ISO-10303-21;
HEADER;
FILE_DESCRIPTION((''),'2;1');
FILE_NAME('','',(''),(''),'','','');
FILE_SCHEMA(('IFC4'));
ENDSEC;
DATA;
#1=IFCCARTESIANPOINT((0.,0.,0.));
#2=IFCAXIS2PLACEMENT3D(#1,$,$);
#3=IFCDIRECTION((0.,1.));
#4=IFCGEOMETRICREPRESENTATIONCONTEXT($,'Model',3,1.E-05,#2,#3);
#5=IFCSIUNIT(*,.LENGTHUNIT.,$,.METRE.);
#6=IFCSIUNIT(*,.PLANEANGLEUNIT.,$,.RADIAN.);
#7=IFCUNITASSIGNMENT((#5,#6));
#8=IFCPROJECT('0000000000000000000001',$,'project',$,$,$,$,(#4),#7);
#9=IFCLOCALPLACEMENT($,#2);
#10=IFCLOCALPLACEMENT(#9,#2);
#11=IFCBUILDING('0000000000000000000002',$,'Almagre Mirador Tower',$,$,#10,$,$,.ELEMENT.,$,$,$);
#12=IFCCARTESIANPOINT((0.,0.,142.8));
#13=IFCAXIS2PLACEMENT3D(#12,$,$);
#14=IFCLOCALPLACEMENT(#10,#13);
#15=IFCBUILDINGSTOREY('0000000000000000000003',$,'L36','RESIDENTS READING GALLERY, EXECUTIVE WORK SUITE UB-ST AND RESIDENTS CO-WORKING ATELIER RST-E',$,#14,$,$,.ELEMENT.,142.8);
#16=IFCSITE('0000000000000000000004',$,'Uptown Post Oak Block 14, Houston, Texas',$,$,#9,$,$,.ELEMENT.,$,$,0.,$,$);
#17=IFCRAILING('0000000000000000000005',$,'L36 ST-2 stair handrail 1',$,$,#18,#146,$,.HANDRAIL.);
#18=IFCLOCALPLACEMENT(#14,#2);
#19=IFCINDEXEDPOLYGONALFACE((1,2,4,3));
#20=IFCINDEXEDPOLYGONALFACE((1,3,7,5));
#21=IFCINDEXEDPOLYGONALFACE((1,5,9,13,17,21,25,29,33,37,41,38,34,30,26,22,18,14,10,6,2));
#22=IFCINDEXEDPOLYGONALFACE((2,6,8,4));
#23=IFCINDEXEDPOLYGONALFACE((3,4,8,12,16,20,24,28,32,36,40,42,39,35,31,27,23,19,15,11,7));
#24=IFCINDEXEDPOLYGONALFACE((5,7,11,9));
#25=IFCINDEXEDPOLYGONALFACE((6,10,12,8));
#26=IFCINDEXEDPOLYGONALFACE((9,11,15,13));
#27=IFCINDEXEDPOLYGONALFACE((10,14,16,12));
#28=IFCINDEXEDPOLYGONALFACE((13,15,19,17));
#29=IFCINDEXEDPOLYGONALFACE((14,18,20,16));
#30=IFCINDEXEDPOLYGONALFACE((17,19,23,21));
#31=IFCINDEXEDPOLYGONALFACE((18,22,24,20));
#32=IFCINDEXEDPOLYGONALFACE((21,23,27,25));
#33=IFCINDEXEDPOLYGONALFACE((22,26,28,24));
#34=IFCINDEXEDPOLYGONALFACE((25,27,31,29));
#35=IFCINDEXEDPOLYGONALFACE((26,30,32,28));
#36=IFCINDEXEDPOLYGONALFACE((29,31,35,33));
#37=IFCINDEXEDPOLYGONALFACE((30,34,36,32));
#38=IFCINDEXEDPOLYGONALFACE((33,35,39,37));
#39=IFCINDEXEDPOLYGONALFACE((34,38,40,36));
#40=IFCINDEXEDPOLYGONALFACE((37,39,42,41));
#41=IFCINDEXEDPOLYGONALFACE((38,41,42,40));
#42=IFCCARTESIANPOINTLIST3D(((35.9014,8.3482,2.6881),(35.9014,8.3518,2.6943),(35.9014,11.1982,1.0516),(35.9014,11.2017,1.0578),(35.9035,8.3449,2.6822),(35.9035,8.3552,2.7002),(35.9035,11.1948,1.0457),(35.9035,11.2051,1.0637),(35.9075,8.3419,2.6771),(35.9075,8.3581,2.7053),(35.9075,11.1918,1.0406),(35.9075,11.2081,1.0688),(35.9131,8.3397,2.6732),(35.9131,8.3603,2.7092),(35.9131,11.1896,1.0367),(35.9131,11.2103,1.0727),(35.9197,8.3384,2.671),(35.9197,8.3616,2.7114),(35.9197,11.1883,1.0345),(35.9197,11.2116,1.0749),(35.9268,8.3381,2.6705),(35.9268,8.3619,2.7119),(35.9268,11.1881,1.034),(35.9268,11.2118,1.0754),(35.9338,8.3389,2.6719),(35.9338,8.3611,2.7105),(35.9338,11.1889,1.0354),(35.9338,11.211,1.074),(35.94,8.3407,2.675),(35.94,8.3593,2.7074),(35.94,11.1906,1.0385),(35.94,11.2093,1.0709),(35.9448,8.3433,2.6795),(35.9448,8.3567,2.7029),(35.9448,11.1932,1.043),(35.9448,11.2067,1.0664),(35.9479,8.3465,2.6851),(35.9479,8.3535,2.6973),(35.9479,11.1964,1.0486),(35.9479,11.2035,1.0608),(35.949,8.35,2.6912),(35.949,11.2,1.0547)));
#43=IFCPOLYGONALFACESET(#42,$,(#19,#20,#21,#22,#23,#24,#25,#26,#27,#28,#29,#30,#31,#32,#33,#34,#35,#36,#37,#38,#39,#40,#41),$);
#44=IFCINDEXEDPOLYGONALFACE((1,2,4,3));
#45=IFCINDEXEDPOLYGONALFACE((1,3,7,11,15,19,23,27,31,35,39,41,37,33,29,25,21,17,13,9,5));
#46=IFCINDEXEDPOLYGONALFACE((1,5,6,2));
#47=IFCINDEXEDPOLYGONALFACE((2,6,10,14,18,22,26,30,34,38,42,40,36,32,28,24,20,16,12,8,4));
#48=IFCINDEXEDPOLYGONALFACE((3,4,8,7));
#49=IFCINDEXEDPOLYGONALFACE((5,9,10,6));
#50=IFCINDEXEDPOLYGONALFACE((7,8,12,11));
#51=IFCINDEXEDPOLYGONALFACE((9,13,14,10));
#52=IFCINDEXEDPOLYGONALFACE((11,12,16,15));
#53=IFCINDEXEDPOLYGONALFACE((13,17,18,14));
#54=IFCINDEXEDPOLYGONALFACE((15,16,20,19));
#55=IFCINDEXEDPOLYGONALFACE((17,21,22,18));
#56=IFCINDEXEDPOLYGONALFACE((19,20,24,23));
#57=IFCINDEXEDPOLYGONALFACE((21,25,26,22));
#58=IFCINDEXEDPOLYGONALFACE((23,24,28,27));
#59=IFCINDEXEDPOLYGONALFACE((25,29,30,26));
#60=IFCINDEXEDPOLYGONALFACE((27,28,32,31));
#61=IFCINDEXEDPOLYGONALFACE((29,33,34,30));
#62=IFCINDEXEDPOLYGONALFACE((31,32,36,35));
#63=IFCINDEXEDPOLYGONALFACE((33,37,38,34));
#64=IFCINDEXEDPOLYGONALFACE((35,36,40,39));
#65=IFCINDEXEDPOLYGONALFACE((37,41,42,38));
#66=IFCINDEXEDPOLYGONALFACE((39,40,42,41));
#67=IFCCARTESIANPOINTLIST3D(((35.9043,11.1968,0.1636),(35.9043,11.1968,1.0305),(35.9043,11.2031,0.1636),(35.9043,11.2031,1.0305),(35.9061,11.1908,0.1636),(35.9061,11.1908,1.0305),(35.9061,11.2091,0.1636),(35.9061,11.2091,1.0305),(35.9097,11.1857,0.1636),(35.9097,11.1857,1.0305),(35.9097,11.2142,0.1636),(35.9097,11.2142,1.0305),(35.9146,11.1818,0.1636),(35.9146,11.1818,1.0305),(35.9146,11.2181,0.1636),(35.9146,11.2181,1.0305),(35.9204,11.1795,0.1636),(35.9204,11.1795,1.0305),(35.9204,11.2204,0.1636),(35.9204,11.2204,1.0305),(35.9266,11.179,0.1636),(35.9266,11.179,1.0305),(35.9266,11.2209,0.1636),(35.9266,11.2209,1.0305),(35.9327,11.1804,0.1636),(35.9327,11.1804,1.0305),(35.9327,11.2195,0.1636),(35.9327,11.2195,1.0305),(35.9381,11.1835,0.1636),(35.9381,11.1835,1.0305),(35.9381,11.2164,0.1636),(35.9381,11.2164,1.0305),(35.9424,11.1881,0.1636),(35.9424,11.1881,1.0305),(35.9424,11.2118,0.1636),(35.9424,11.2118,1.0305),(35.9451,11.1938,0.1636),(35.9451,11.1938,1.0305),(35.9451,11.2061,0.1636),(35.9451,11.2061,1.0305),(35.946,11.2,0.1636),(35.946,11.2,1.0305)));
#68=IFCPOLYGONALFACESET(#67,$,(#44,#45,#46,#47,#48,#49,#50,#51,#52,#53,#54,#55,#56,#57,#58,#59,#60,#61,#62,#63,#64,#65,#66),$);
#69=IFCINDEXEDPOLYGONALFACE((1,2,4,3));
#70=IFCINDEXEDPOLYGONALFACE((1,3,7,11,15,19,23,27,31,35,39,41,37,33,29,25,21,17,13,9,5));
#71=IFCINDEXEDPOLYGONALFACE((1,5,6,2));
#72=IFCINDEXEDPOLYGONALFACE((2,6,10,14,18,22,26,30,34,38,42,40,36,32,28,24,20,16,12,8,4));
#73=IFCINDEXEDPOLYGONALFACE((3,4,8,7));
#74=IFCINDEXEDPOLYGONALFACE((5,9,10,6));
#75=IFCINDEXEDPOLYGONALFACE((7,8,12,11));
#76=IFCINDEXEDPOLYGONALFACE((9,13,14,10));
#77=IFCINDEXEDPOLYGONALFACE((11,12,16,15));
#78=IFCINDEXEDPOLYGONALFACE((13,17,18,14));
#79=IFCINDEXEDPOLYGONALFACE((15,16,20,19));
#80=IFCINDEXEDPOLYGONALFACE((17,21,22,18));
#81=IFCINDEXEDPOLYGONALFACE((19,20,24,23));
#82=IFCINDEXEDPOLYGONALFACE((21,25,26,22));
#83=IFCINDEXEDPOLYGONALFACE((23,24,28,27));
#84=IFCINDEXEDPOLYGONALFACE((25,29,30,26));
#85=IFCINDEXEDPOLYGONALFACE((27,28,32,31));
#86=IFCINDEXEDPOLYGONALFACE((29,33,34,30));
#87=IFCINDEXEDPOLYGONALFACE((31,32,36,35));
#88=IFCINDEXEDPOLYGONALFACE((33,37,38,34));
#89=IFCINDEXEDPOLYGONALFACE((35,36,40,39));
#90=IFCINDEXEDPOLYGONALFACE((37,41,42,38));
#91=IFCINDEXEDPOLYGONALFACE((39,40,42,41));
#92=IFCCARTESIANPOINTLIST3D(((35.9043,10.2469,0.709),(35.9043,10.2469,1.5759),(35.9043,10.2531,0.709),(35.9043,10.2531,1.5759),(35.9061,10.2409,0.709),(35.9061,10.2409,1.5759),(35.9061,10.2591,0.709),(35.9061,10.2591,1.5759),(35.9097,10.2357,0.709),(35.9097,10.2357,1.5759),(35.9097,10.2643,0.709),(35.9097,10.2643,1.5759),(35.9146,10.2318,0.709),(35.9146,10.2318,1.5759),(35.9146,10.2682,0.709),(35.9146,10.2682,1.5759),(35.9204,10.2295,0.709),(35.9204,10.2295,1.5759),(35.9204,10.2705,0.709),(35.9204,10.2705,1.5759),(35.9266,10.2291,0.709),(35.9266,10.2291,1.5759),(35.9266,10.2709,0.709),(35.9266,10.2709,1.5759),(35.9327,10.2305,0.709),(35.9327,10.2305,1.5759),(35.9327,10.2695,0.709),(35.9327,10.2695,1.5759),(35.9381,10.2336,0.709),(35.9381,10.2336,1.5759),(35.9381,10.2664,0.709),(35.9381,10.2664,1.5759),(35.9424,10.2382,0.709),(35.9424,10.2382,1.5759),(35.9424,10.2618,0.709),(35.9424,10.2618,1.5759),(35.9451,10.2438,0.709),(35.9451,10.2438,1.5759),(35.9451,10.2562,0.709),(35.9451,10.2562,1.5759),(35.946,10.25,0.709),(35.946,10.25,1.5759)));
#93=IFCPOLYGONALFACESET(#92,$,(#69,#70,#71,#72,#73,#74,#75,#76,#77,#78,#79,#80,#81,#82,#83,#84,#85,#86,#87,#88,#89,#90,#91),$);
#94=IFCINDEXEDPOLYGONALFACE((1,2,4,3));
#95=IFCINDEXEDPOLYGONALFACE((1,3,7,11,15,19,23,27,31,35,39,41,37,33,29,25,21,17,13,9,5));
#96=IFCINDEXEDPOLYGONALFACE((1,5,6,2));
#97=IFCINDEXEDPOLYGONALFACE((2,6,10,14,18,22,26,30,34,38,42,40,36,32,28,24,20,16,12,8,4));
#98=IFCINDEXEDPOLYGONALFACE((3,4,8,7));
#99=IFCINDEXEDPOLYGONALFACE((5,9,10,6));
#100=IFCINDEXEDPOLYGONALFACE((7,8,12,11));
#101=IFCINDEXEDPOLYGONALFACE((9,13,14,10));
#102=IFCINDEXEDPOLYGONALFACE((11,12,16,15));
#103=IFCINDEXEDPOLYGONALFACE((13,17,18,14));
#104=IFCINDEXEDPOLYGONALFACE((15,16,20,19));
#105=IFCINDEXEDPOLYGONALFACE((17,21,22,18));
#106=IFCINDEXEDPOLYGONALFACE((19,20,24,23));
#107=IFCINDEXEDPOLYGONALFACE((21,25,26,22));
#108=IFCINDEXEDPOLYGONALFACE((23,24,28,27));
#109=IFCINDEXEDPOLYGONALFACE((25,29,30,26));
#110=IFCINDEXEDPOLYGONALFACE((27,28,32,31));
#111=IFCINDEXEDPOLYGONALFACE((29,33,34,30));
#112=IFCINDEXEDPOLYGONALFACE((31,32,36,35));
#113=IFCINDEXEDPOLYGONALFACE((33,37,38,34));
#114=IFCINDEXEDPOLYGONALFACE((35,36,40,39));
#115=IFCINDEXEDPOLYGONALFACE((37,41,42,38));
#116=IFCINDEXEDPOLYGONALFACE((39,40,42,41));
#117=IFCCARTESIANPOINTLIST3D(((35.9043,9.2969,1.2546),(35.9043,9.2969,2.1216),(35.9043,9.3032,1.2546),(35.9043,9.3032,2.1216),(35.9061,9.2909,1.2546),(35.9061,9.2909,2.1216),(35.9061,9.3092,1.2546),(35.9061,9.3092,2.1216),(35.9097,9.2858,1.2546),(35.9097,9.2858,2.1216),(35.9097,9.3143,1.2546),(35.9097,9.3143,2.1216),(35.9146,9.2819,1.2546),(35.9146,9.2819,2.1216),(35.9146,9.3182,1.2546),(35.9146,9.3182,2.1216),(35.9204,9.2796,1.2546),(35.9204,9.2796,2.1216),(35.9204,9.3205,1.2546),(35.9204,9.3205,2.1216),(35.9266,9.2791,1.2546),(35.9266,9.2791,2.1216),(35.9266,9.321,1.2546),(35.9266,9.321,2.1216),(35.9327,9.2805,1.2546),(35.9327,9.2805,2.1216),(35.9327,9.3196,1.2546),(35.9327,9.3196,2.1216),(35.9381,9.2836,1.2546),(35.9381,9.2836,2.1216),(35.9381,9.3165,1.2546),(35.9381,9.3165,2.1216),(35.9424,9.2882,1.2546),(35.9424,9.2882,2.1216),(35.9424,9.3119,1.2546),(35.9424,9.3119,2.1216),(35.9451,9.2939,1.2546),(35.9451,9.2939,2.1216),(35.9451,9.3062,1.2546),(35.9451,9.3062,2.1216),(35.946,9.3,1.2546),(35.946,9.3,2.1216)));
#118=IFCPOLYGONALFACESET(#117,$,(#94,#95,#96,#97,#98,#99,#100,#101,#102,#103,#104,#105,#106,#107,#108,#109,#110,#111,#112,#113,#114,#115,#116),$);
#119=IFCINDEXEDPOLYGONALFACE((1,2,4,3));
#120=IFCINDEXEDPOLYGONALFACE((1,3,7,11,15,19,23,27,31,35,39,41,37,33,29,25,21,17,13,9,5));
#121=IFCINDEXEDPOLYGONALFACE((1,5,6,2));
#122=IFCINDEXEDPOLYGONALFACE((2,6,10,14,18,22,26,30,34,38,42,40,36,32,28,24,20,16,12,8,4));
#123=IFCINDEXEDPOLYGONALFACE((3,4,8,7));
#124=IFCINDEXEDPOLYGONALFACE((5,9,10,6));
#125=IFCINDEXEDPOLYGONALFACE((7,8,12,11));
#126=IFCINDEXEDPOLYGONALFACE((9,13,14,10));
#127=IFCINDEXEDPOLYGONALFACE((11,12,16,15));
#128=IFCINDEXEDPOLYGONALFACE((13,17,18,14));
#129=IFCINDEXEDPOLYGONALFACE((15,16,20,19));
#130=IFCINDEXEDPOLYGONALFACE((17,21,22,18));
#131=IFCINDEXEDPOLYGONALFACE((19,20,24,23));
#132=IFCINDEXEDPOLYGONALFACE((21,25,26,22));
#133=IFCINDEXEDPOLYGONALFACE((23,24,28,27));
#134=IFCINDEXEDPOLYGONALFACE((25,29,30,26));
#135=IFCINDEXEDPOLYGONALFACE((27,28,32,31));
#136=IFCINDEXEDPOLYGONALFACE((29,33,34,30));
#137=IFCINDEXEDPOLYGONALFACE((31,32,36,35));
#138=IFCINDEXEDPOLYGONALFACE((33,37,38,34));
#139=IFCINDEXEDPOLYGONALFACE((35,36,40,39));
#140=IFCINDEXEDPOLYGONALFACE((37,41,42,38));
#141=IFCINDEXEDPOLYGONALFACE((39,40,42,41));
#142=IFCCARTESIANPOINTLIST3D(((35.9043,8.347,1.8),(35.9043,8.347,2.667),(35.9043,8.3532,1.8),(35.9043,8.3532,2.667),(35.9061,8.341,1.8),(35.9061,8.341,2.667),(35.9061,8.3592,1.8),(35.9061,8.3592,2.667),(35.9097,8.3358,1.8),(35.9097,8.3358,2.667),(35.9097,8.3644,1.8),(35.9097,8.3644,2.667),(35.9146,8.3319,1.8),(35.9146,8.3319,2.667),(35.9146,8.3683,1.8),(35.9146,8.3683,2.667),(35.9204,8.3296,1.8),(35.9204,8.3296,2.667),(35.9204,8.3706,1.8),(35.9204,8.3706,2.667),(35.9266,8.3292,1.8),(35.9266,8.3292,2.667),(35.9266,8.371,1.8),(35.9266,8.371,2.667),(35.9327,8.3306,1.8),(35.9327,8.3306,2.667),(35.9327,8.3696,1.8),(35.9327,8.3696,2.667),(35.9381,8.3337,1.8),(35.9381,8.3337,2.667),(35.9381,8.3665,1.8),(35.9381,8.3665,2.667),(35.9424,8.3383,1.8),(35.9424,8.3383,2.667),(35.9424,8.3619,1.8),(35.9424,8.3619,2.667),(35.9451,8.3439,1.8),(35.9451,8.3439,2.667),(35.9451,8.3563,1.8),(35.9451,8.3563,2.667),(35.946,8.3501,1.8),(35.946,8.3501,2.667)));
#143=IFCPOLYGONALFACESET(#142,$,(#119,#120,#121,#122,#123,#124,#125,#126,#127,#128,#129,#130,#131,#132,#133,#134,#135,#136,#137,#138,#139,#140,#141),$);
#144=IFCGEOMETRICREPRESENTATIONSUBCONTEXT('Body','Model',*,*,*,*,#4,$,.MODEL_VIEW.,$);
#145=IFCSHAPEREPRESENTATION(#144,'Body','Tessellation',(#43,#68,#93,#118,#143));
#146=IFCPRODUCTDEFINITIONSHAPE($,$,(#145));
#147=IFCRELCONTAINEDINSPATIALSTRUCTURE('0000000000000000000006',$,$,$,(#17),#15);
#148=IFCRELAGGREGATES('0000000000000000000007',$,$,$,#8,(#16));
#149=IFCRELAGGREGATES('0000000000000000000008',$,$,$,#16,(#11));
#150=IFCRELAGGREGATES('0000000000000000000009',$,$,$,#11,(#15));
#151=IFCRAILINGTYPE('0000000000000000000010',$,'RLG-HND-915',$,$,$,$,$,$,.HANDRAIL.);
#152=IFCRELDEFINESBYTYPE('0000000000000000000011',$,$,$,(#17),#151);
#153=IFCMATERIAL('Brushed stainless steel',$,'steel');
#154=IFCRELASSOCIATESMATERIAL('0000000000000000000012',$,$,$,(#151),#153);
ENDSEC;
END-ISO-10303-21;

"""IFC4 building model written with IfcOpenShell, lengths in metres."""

from ifc_helpers import new_model, si_unit, direction, frame, origin, origin_2d, place, context, subcontext, project, spatial, circle, extrude, material, type_object, element, save


model = new_model("IFC4")

# Units and contexts
model_context = context("Model", 3, precision=1e-05, world=origin(), true_north=direction((0.0, 1.0)))
body_context = subcontext(model_context, "Body", "Model", "MODEL_VIEW")
ifc_project = project(units=[si_unit("LENGTHUNIT", "METRE"), si_unit("PLANEANGLEUNIT", "RADIAN")], contexts=[model_context])

# Site, building, storey
site_placement = place(None, origin())
site = spatial("IfcSite", under=ifc_project, at=site_placement, Name="Uptown Post Oak Block 14, Houston, Texas", CompositionType="ELEMENT", RefElevation=0.0)
building_placement = place(site_placement, origin())
building = spatial("IfcBuilding", under=site, at=building_placement, Name="Almagre Mirador Tower", CompositionType="ELEMENT")
storey_placement = place(building_placement, frame((0.0, 0.0, 142.8)))
storey = spatial("IfcBuildingStorey", under=building, at=storey_placement, Name="L36", Description="RESIDENTS READING GALLERY, EXECUTIVE WORK SUITE UB-ST AND RESIDENTS CO-WORKING ATELIER RST-E", CompositionType="ELEMENT", Elevation=142.8)

# Railing
ifc_material_1 = material(Name="Brushed stainless steel", Category="steel")
railing_type_1 = type_object("IfcRailingType", Name="RLG-HND-915", PredefinedType="HANDRAIL", material=ifc_material_1)
railing_1_placement = place(storey_placement, frame((35.925, 11.2, 0.1636)))
element("IfcRailing", 1, at=railing_1_placement, inside=storey, type_object=railing_type_1, Name="L36 ST-2 stair handrail 1", PredefinedType="HANDRAIL", context=body_context, shape_type="SweptSolid", body=[
    extrude(circle(Radius=0.0239, at=origin_2d()), frame((0.0, 0.0, 0.8911), z_axis=(0.0, -0.867194, 0.49797), x_axis=(1.0, 0.0, 0.0)), (0.0, 0.0, 1.0), 3.2864),
    extrude(circle(Radius=0.021, at=origin_2d()), origin(), (0.0, 0.0, 1.0), 0.8669),
    extrude(circle(Radius=0.021, at=origin_2d()), frame((0.0, -0.95, 0.5454)), (0.0, 0.0, 1.0), 0.8669),
    extrude(circle(Radius=0.021, at=origin_2d()), frame((0.0, -1.8999, 1.0911)), (0.0, 0.0, 1.0), 0.8669),
    extrude(circle(Radius=0.021, at=origin_2d()), frame((0.0, -2.8499, 1.6365)), (0.0, 0.0, 1.0), 0.8669),
])

save(model, "model.ifc")
